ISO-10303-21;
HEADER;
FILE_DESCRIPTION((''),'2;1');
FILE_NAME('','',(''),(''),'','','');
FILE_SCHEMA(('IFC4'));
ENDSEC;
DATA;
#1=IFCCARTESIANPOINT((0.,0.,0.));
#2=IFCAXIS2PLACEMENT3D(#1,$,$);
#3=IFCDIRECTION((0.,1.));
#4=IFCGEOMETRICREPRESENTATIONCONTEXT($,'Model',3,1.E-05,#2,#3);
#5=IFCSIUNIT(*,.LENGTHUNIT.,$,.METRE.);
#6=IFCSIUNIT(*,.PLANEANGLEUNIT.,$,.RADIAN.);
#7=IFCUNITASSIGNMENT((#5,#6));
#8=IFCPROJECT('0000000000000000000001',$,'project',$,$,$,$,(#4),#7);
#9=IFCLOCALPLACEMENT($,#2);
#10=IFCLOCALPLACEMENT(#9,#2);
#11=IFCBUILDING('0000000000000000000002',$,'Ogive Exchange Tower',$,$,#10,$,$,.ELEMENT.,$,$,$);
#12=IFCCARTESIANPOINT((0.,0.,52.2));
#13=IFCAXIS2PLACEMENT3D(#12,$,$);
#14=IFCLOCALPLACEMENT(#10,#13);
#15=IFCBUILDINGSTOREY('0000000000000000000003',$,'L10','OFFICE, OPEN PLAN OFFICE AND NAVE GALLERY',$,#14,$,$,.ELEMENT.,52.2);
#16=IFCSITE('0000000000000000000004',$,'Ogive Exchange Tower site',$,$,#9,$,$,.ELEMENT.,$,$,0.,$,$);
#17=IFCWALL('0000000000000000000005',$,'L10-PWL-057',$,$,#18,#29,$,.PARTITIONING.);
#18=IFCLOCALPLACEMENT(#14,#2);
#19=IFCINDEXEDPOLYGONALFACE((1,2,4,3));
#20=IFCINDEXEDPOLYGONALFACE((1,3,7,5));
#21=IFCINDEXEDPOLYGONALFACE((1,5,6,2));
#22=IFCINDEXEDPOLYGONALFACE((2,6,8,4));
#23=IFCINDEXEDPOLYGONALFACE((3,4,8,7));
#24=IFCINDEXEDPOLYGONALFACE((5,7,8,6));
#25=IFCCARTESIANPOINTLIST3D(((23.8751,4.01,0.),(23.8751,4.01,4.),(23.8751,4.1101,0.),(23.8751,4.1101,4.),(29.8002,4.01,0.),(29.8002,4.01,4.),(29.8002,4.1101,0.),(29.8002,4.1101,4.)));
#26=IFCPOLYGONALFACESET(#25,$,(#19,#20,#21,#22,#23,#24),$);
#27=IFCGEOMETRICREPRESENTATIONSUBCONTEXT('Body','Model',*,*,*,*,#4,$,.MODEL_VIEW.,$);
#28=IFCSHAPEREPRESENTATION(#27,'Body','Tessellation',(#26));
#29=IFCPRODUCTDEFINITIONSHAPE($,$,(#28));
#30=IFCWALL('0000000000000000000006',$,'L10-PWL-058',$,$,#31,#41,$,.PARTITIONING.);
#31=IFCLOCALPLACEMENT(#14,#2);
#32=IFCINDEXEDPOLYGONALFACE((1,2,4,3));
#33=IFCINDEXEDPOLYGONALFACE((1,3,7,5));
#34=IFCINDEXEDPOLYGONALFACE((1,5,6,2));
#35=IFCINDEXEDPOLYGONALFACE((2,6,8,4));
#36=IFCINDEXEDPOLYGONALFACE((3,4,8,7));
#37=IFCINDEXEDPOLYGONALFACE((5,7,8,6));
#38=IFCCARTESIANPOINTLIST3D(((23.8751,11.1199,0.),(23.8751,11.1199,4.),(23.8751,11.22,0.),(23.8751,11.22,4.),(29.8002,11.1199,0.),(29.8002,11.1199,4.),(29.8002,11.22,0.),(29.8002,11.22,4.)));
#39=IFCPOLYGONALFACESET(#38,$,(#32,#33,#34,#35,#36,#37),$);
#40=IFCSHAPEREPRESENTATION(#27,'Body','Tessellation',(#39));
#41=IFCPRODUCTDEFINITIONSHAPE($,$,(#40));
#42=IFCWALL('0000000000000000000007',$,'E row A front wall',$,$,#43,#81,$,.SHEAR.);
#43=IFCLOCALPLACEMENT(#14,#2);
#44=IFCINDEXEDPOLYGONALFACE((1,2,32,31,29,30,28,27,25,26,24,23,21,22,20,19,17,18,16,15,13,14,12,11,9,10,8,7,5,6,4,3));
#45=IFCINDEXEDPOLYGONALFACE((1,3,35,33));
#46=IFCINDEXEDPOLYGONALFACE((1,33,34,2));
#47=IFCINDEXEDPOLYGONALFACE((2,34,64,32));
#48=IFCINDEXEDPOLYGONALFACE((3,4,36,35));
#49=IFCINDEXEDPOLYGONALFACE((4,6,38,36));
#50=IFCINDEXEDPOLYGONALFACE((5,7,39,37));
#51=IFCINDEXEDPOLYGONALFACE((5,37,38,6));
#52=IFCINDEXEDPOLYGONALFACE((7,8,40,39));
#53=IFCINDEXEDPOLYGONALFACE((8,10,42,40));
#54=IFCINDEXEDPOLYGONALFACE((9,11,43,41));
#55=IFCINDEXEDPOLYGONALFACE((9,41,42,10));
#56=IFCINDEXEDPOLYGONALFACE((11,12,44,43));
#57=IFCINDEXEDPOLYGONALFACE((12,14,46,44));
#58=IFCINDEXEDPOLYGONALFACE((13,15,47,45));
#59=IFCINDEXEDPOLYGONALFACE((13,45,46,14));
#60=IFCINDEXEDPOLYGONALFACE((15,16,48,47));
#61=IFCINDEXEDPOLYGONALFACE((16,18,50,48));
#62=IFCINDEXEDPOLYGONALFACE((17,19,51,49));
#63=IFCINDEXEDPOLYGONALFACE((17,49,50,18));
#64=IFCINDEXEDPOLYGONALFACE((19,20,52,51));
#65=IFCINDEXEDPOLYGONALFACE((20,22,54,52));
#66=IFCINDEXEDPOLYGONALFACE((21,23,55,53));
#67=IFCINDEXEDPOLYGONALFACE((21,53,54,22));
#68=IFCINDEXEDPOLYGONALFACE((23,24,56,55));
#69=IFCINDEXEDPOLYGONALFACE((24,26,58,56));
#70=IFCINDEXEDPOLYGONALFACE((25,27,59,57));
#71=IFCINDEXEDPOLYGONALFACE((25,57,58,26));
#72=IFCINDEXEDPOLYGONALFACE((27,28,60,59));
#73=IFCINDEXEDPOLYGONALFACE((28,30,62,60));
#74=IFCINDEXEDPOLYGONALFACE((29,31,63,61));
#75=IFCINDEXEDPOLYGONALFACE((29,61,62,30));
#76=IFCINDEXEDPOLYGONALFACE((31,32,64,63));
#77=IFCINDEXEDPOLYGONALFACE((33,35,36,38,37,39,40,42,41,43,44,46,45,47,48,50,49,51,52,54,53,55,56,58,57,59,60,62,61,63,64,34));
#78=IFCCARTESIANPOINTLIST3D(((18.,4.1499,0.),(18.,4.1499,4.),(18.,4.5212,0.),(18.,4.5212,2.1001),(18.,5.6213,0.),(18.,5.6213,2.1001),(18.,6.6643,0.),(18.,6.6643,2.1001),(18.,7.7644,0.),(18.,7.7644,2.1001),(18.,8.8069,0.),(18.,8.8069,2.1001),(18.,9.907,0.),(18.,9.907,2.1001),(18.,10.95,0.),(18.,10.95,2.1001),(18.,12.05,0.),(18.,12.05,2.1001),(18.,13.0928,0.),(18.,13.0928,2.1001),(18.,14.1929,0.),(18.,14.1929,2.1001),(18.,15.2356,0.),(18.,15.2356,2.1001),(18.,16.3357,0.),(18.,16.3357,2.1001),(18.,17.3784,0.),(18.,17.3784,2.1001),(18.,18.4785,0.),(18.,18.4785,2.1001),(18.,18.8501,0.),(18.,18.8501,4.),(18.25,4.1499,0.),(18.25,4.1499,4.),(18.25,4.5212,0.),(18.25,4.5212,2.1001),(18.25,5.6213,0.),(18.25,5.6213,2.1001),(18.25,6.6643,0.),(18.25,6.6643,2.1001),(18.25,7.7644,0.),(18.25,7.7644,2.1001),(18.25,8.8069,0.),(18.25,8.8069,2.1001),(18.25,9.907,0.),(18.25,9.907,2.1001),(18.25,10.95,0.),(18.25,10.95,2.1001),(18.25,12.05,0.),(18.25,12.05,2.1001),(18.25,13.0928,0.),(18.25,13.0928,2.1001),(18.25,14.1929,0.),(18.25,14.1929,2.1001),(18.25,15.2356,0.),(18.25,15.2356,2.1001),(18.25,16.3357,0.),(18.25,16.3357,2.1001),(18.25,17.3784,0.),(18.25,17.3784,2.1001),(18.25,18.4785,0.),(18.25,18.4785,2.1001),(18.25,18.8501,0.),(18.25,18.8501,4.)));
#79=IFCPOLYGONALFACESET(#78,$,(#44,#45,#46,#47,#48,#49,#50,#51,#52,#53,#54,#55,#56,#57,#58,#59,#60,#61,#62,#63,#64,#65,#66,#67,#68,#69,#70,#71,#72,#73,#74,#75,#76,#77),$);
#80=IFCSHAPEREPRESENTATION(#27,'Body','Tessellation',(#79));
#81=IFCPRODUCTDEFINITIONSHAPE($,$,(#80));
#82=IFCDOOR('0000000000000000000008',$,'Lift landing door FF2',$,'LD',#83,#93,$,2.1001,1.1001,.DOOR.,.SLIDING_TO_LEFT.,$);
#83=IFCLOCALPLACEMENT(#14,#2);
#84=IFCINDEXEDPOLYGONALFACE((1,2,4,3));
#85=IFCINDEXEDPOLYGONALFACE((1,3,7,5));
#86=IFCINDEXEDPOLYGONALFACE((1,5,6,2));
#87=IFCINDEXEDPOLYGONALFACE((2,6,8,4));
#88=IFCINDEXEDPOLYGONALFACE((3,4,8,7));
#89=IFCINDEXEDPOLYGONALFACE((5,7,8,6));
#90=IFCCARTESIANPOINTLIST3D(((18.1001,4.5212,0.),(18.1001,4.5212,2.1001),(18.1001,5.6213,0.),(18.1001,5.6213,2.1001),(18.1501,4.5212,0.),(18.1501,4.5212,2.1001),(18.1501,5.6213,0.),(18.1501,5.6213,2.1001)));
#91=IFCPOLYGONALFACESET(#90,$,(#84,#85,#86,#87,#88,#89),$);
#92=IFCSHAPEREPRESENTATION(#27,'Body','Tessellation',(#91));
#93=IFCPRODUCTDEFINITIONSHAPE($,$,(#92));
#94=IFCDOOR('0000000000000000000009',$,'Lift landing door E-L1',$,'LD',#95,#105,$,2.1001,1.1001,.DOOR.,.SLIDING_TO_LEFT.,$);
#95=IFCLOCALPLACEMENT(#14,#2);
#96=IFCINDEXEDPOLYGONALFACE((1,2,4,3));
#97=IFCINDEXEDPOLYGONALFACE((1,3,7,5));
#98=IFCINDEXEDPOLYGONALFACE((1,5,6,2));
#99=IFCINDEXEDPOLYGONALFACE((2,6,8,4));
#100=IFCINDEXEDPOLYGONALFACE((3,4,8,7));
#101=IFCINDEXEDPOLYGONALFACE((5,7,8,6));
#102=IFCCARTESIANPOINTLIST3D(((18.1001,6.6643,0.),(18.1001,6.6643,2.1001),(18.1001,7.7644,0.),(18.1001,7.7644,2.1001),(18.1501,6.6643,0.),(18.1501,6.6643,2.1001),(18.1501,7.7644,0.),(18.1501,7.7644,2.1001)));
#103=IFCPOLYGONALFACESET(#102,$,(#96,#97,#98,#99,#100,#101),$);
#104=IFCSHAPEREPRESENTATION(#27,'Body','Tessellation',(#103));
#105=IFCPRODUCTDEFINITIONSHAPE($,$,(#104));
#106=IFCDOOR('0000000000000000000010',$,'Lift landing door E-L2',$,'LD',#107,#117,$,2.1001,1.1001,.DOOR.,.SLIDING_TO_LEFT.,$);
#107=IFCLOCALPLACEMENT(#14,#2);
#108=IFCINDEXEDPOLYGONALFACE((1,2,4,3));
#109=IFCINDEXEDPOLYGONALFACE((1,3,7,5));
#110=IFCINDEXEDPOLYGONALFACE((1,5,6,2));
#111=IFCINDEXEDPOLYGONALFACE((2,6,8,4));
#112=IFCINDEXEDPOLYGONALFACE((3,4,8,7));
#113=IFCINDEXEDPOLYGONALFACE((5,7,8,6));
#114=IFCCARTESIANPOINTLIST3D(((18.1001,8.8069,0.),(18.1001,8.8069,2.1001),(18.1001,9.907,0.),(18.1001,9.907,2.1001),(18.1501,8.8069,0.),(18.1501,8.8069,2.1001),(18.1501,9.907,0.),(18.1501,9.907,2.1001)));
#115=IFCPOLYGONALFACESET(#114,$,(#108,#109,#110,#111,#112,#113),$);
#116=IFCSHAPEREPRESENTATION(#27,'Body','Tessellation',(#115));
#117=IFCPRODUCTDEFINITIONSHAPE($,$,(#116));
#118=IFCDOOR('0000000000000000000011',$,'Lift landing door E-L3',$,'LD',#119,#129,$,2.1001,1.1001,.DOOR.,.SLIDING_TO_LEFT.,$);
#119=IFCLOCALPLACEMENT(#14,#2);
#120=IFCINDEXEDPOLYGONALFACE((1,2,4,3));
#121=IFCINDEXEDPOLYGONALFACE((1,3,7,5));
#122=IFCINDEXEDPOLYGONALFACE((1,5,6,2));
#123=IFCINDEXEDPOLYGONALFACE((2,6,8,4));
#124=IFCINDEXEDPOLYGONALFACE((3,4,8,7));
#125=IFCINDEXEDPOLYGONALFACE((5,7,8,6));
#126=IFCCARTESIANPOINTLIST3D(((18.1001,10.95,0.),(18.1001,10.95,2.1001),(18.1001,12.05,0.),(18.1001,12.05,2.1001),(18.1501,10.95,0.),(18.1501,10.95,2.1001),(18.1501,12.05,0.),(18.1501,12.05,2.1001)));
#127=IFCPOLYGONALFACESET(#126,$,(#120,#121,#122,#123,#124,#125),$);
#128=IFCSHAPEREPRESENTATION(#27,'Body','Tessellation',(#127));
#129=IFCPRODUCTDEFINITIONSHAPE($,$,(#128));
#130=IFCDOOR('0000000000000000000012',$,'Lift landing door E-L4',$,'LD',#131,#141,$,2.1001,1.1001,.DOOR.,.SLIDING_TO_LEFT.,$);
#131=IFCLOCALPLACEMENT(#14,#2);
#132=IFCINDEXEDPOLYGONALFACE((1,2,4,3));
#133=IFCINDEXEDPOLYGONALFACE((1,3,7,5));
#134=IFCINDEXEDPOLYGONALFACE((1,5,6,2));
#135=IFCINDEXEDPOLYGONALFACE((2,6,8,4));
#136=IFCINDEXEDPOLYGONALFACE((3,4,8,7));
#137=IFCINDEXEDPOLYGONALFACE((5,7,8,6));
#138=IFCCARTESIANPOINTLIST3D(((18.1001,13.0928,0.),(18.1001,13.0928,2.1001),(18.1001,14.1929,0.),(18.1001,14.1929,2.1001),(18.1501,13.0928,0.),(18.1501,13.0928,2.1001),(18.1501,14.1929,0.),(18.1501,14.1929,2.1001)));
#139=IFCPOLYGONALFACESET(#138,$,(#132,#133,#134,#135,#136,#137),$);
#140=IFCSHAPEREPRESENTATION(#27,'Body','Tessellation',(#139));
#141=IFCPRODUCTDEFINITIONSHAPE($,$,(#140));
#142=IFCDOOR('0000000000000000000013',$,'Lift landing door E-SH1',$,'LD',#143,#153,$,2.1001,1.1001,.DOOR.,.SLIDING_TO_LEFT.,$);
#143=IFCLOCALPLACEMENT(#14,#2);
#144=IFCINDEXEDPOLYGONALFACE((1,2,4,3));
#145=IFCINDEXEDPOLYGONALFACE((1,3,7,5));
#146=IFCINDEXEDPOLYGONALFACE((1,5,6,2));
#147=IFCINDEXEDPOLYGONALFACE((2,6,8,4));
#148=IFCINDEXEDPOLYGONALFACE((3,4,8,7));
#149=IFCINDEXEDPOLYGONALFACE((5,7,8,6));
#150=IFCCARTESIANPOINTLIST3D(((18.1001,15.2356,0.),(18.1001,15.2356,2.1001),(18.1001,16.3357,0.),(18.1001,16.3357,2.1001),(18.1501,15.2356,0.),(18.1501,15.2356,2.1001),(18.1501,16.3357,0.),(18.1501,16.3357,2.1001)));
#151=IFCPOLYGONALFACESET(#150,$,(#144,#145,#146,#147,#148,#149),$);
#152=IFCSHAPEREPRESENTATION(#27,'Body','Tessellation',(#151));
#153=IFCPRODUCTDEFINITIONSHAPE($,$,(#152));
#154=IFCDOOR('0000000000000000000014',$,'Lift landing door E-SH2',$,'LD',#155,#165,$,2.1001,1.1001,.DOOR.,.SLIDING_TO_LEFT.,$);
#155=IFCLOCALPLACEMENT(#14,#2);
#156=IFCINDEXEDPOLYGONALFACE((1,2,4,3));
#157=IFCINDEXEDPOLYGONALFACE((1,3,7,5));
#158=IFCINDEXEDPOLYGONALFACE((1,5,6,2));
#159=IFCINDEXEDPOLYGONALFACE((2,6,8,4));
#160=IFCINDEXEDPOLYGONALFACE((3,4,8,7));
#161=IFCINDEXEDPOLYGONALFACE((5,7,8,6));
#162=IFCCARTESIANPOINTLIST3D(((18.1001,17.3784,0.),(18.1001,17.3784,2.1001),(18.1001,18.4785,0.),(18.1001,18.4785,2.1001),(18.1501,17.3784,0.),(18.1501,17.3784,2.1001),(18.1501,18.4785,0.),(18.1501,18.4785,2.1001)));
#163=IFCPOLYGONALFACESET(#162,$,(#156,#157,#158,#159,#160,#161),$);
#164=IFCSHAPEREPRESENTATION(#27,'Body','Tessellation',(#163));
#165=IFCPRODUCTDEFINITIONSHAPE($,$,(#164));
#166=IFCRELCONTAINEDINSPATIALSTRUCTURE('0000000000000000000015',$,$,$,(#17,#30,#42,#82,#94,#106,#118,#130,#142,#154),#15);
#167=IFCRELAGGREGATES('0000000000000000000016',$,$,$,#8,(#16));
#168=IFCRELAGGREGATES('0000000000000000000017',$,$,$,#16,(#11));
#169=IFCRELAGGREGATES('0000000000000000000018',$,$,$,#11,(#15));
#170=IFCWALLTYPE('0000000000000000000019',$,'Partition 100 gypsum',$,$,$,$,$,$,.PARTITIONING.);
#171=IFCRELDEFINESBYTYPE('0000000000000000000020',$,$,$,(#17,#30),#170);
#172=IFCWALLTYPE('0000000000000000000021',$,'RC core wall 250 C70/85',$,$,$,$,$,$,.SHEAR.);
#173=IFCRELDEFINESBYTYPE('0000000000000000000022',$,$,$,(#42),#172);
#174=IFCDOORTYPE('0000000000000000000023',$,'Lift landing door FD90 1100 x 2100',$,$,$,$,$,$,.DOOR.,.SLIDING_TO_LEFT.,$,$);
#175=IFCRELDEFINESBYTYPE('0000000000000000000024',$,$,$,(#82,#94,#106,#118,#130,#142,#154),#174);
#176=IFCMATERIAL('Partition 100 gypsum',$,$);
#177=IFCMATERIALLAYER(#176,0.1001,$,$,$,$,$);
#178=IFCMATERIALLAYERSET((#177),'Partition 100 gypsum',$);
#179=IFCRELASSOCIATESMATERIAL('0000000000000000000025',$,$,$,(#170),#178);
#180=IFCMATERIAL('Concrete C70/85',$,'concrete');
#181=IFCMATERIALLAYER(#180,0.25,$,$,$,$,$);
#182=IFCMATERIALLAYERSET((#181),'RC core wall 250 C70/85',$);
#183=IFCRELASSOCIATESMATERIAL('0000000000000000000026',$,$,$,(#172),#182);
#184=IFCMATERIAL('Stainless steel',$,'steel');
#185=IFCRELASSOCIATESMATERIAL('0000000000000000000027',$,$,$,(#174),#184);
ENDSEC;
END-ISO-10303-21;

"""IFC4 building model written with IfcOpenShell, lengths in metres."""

from ifc_helpers import new_model, si_unit, direction, frame, frame_2d, origin, place, context, subcontext, project, spatial, rectangle, extrude, material, layer, layer_set, type_object, element, fill, save


model = new_model("IFC4")

# Units and contexts
model_context = context("Model", 3, precision=1e-05, world=origin(), true_north=direction((0.0, 1.0)))
body_context = subcontext(model_context, "Body", "Model", "MODEL_VIEW")
ifc_project = project(units=[si_unit("LENGTHUNIT", "METRE"), si_unit("PLANEANGLEUNIT", "RADIAN")], contexts=[model_context])

# Site, building, storey
site_placement = place(None, origin())
site = spatial("IfcSite", under=ifc_project, at=site_placement, Name="Ogive Exchange Tower site", CompositionType="ELEMENT", RefElevation=0.0)
building_placement = place(site_placement, origin())
building = spatial("IfcBuilding", under=site, at=building_placement, Name="Ogive Exchange Tower", CompositionType="ELEMENT")
storey_placement = place(building_placement, frame((0.0, 0.0, 52.2)))
storey = spatial("IfcBuildingStorey", under=building, at=storey_placement, Name="L10", Description="OFFICE, OPEN PLAN OFFICE AND NAVE GALLERY", CompositionType="ELEMENT", Elevation=52.2)

# Walls
ifc_material_1 = material(Name="Partition 100 gypsum")
ifc_layer_1 = layer(ifc_material_1, 0.1001)
ifc_layer_set_1 = layer_set([ifc_layer_1], Name="Partition 100 gypsum")
wall_type_1 = type_object("IfcWallType", Name="Partition 100 gypsum", PredefinedType="PARTITIONING", material=ifc_layer_set_1)
for number, where, z_axis, x_axis, name in (
    (1, (29.8, 4.0601, 0.0), (0.0, 0.0, 1.0), (-1.0, 0.0, 0.0), "L10-PWL-057"),
    (2, (29.8, 11.1699, 0.0), (0.0, 0.0, 1.0), (-1.0, 0.0, 0.0), "L10-PWL-058"),
):
    element("IfcWall", number, at=place(storey_placement, frame(where, z_axis=z_axis, x_axis=x_axis)), inside=storey, type_object=wall_type_1, Name=name, PredefinedType="PARTITIONING", context=body_context, shape_type="SweptSolid", body=[
        extrude(rectangle(XDim=5.925, YDim=0.1001, at=frame_2d((2.9624, 0.0))), origin(), (0.0, 0.0, 1.0), 4.0),
    ])

# Wall, openings, doors
ifc_material_2 = material(Name="Concrete C70/85", Category="concrete")
ifc_layer_2 = layer(ifc_material_2, 0.25)
ifc_layer_set_2 = layer_set([ifc_layer_2], Name="RC core wall 250 C70/85")
wall_type_2 = type_object("IfcWallType", Name="RC core wall 250 C70/85", PredefinedType="SHEAR", material=ifc_layer_set_2)
wall_1_placement = place(storey_placement, frame((18.125, 4.1499, 0.0), z_axis=(0.0, 0.0, 1.0), x_axis=(0.0, 1.0, 0.0)))
wall_1 = element("IfcWall", 3, at=wall_1_placement, inside=storey, type_object=wall_type_2, Name="E row A front wall", PredefinedType="SHEAR", context=body_context, shape_type="SweptSolid", body=[
    extrude(rectangle(XDim=14.7002, YDim=0.25, at=frame_2d((7.3501, 0.0))), origin(), (0.0, 0.0, 1.0), 4.0),
])
opening_1_placement = place(wall_1_placement, frame((0.3713, 0.0, 0.0)))
opening_1 = element("IfcOpeningElement", 4, at=opening_1_placement, cuts=wall_1, PredefinedType="OPENING", context=body_context, shape_type="SweptSolid", body=[
    extrude(rectangle(XDim=1.1001, YDim=2.1001, at=frame_2d((0.55, 1.05))), frame((0.0, 0.135, 0.0), z_axis=(0.0, -1.0, 0.0), x_axis=(1.0, 0.0, 0.0)), (0.0, 0.0, 1.0), 0.27),
])
opening_2_placement = place(wall_1_placement, frame((2.5144, 0.0, 0.0)))
opening_2 = element("IfcOpeningElement", 5, at=opening_2_placement, cuts=wall_1, PredefinedType="OPENING", context=body_context, shape_type="SweptSolid", body=[
    extrude(rectangle(XDim=1.1001, YDim=2.1001, at=frame_2d((0.55, 1.05))), frame((0.0, 0.135, 0.0), z_axis=(0.0, -1.0, 0.0), x_axis=(1.0, 0.0, 0.0)), (0.0, 0.0, 1.0), 0.27),
])
opening_3_placement = place(wall_1_placement, frame((4.657, 0.0, 0.0)))
opening_3 = element("IfcOpeningElement", 6, at=opening_3_placement, cuts=wall_1, PredefinedType="OPENING", context=body_context, shape_type="SweptSolid", body=[
    extrude(rectangle(XDim=1.1001, YDim=2.1001, at=frame_2d((0.55, 1.05))), frame((0.0, 0.135, 0.0), z_axis=(0.0, -1.0, 0.0), x_axis=(1.0, 0.0, 0.0)), (0.0, 0.0, 1.0), 0.27),
])
opening_4_placement = place(wall_1_placement, frame((6.8, 0.0, 0.0)))
opening_4 = element("IfcOpeningElement", 7, at=opening_4_placement, cuts=wall_1, PredefinedType="OPENING", context=body_context, shape_type="SweptSolid", body=[
    extrude(rectangle(XDim=1.1001, YDim=2.1001, at=frame_2d((0.55, 1.05))), frame((0.0, 0.135, 0.0), z_axis=(0.0, -1.0, 0.0), x_axis=(1.0, 0.0, 0.0)), (0.0, 0.0, 1.0), 0.27),
])
opening_5_placement = place(wall_1_placement, frame((8.9429, 0.0, 0.0)))
opening_5 = element("IfcOpeningElement", 8, at=opening_5_placement, cuts=wall_1, PredefinedType="OPENING", context=body_context, shape_type="SweptSolid", body=[
    extrude(rectangle(XDim=1.1001, YDim=2.1001, at=frame_2d((0.55, 1.05))), frame((0.0, 0.135, 0.0), z_axis=(0.0, -1.0, 0.0), x_axis=(1.0, 0.0, 0.0)), (0.0, 0.0, 1.0), 0.27),
])
opening_6_placement = place(wall_1_placement, frame((11.0857, 0.0, 0.0)))
opening_6 = element("IfcOpeningElement", 9, at=opening_6_placement, cuts=wall_1, PredefinedType="OPENING", context=body_context, shape_type="SweptSolid", body=[
    extrude(rectangle(XDim=1.1001, YDim=2.1001, at=frame_2d((0.55, 1.05))), frame((0.0, 0.135, 0.0), z_axis=(0.0, -1.0, 0.0), x_axis=(1.0, 0.0, 0.0)), (0.0, 0.0, 1.0), 0.27),
])
opening_7_placement = place(wall_1_placement, frame((13.2285, 0.0, 0.0)))
opening_7 = element("IfcOpeningElement", 10, at=opening_7_placement, cuts=wall_1, PredefinedType="OPENING", context=body_context, shape_type="SweptSolid", body=[
    extrude(rectangle(XDim=1.1001, YDim=2.1001, at=frame_2d((0.55, 1.05))), frame((0.0, 0.135, 0.0), z_axis=(0.0, -1.0, 0.0), x_axis=(1.0, 0.0, 0.0)), (0.0, 0.0, 1.0), 0.27),
])
ifc_material_3 = material(Name="Stainless steel", Category="steel")
door_type_1 = type_object("IfcDoorType", Name="Lift landing door FD90 1100 x 2100", OperationType="SLIDING_TO_LEFT", PredefinedType="DOOR", material=ifc_material_3)
door_1_placement = place(opening_1_placement, origin())
door_1 = element("IfcDoor", 11, at=door_1_placement, inside=storey, type_object=door_type_1, Name="Lift landing door FF2", ObjectType="LD", OperationType="SLIDING_TO_LEFT", OverallHeight=2.1001, OverallWidth=1.1001, PredefinedType="DOOR", context=body_context, shape_type="SweptSolid", body=[
    extrude(rectangle(XDim=1.1001, YDim=2.1001, at=frame_2d((0.55, 1.05))), frame((0.0, 0.0249, 0.0), z_axis=(0.0, -1.0, 0.0), x_axis=(1.0, 0.0, 0.0)), (0.0, 0.0, 1.0), 0.05),
])
fill(opening_1, door_1)
door_2_placement = place(opening_2_placement, origin())
door_2 = element("IfcDoor", 12, at=door_2_placement, inside=storey, type_object=door_type_1, Name="Lift landing door E-L1", ObjectType="LD", OperationType="SLIDING_TO_LEFT", OverallHeight=2.1001, OverallWidth=1.1001, PredefinedType="DOOR", context=body_context, shape_type="SweptSolid", body=[
    extrude(rectangle(XDim=1.1001, YDim=2.1001, at=frame_2d((0.55, 1.05))), frame((0.0, 0.0249, 0.0), z_axis=(0.0, -1.0, 0.0), x_axis=(1.0, 0.0, 0.0)), (0.0, 0.0, 1.0), 0.05),
])
fill(opening_2, door_2)
door_3_placement = place(opening_3_placement, origin())
door_3 = element("IfcDoor", 13, at=door_3_placement, inside=storey, type_object=door_type_1, Name="Lift landing door E-L2", ObjectType="LD", OperationType="SLIDING_TO_LEFT", OverallHeight=2.1001, OverallWidth=1.1001, PredefinedType="DOOR", context=body_context, shape_type="SweptSolid", body=[
    extrude(rectangle(XDim=1.1001, YDim=2.1001, at=frame_2d((0.55, 1.05))), frame((0.0, 0.0249, 0.0), z_axis=(0.0, -1.0, 0.0), x_axis=(1.0, 0.0, 0.0)), (0.0, 0.0, 1.0), 0.05),
])
fill(opening_3, door_3)
door_4_placement = place(opening_4_placement, origin())
door_4 = element("IfcDoor", 14, at=door_4_placement, inside=storey, type_object=door_type_1, Name="Lift landing door E-L3", ObjectType="LD", OperationType="SLIDING_TO_LEFT", OverallHeight=2.1001, OverallWidth=1.1001, PredefinedType="DOOR", context=body_context, shape_type="SweptSolid", body=[
    extrude(rectangle(XDim=1.1001, YDim=2.1001, at=frame_2d((0.55, 1.05))), frame((0.0, 0.0249, 0.0), z_axis=(0.0, -1.0, 0.0), x_axis=(1.0, 0.0, 0.0)), (0.0, 0.0, 1.0), 0.05),
])
fill(opening_4, door_4)
door_5_placement = place(opening_5_placement, origin())
door_5 = element("IfcDoor", 15, at=door_5_placement, inside=storey, type_object=door_type_1, Name="Lift landing door E-L4", ObjectType="LD", OperationType="SLIDING_TO_LEFT", OverallHeight=2.1001, OverallWidth=1.1001, PredefinedType="DOOR", context=body_context, shape_type="SweptSolid", body=[
    extrude(rectangle(XDim=1.1001, YDim=2.1001, at=frame_2d((0.55, 1.05))), frame((0.0, 0.0249, 0.0), z_axis=(0.0, -1.0, 0.0), x_axis=(1.0, 0.0, 0.0)), (0.0, 0.0, 1.0), 0.05),
])
fill(opening_5, door_5)
door_6_placement = place(opening_6_placement, origin())
door_6 = element("IfcDoor", 16, at=door_6_placement, inside=storey, type_object=door_type_1, Name="Lift landing door E-SH1", ObjectType="LD", OperationType="SLIDING_TO_LEFT", OverallHeight=2.1001, OverallWidth=1.1001, PredefinedType="DOOR", context=body_context, shape_type="SweptSolid", body=[
    extrude(rectangle(XDim=1.1001, YDim=2.1001, at=frame_2d((0.55, 1.05))), frame((0.0, 0.0249, 0.0), z_axis=(0.0, -1.0, 0.0), x_axis=(1.0, 0.0, 0.0)), (0.0, 0.0, 1.0), 0.05),
])
fill(opening_6, door_6)
door_7_placement = place(opening_7_placement, origin())
door_7 = element("IfcDoor", 17, at=door_7_placement, inside=storey, type_object=door_type_1, Name="Lift landing door E-SH2", ObjectType="LD", OperationType="SLIDING_TO_LEFT", OverallHeight=2.1001, OverallWidth=1.1001, PredefinedType="DOOR", context=body_context, shape_type="SweptSolid", body=[
    extrude(rectangle(XDim=1.1001, YDim=2.1001, at=frame_2d((0.55, 1.05))), frame((0.0, 0.0249, 0.0), z_axis=(0.0, -1.0, 0.0), x_axis=(1.0, 0.0, 0.0)), (0.0, 0.0, 1.0), 0.05),
])
fill(opening_7, door_7)

save(model, "model.ifc")
